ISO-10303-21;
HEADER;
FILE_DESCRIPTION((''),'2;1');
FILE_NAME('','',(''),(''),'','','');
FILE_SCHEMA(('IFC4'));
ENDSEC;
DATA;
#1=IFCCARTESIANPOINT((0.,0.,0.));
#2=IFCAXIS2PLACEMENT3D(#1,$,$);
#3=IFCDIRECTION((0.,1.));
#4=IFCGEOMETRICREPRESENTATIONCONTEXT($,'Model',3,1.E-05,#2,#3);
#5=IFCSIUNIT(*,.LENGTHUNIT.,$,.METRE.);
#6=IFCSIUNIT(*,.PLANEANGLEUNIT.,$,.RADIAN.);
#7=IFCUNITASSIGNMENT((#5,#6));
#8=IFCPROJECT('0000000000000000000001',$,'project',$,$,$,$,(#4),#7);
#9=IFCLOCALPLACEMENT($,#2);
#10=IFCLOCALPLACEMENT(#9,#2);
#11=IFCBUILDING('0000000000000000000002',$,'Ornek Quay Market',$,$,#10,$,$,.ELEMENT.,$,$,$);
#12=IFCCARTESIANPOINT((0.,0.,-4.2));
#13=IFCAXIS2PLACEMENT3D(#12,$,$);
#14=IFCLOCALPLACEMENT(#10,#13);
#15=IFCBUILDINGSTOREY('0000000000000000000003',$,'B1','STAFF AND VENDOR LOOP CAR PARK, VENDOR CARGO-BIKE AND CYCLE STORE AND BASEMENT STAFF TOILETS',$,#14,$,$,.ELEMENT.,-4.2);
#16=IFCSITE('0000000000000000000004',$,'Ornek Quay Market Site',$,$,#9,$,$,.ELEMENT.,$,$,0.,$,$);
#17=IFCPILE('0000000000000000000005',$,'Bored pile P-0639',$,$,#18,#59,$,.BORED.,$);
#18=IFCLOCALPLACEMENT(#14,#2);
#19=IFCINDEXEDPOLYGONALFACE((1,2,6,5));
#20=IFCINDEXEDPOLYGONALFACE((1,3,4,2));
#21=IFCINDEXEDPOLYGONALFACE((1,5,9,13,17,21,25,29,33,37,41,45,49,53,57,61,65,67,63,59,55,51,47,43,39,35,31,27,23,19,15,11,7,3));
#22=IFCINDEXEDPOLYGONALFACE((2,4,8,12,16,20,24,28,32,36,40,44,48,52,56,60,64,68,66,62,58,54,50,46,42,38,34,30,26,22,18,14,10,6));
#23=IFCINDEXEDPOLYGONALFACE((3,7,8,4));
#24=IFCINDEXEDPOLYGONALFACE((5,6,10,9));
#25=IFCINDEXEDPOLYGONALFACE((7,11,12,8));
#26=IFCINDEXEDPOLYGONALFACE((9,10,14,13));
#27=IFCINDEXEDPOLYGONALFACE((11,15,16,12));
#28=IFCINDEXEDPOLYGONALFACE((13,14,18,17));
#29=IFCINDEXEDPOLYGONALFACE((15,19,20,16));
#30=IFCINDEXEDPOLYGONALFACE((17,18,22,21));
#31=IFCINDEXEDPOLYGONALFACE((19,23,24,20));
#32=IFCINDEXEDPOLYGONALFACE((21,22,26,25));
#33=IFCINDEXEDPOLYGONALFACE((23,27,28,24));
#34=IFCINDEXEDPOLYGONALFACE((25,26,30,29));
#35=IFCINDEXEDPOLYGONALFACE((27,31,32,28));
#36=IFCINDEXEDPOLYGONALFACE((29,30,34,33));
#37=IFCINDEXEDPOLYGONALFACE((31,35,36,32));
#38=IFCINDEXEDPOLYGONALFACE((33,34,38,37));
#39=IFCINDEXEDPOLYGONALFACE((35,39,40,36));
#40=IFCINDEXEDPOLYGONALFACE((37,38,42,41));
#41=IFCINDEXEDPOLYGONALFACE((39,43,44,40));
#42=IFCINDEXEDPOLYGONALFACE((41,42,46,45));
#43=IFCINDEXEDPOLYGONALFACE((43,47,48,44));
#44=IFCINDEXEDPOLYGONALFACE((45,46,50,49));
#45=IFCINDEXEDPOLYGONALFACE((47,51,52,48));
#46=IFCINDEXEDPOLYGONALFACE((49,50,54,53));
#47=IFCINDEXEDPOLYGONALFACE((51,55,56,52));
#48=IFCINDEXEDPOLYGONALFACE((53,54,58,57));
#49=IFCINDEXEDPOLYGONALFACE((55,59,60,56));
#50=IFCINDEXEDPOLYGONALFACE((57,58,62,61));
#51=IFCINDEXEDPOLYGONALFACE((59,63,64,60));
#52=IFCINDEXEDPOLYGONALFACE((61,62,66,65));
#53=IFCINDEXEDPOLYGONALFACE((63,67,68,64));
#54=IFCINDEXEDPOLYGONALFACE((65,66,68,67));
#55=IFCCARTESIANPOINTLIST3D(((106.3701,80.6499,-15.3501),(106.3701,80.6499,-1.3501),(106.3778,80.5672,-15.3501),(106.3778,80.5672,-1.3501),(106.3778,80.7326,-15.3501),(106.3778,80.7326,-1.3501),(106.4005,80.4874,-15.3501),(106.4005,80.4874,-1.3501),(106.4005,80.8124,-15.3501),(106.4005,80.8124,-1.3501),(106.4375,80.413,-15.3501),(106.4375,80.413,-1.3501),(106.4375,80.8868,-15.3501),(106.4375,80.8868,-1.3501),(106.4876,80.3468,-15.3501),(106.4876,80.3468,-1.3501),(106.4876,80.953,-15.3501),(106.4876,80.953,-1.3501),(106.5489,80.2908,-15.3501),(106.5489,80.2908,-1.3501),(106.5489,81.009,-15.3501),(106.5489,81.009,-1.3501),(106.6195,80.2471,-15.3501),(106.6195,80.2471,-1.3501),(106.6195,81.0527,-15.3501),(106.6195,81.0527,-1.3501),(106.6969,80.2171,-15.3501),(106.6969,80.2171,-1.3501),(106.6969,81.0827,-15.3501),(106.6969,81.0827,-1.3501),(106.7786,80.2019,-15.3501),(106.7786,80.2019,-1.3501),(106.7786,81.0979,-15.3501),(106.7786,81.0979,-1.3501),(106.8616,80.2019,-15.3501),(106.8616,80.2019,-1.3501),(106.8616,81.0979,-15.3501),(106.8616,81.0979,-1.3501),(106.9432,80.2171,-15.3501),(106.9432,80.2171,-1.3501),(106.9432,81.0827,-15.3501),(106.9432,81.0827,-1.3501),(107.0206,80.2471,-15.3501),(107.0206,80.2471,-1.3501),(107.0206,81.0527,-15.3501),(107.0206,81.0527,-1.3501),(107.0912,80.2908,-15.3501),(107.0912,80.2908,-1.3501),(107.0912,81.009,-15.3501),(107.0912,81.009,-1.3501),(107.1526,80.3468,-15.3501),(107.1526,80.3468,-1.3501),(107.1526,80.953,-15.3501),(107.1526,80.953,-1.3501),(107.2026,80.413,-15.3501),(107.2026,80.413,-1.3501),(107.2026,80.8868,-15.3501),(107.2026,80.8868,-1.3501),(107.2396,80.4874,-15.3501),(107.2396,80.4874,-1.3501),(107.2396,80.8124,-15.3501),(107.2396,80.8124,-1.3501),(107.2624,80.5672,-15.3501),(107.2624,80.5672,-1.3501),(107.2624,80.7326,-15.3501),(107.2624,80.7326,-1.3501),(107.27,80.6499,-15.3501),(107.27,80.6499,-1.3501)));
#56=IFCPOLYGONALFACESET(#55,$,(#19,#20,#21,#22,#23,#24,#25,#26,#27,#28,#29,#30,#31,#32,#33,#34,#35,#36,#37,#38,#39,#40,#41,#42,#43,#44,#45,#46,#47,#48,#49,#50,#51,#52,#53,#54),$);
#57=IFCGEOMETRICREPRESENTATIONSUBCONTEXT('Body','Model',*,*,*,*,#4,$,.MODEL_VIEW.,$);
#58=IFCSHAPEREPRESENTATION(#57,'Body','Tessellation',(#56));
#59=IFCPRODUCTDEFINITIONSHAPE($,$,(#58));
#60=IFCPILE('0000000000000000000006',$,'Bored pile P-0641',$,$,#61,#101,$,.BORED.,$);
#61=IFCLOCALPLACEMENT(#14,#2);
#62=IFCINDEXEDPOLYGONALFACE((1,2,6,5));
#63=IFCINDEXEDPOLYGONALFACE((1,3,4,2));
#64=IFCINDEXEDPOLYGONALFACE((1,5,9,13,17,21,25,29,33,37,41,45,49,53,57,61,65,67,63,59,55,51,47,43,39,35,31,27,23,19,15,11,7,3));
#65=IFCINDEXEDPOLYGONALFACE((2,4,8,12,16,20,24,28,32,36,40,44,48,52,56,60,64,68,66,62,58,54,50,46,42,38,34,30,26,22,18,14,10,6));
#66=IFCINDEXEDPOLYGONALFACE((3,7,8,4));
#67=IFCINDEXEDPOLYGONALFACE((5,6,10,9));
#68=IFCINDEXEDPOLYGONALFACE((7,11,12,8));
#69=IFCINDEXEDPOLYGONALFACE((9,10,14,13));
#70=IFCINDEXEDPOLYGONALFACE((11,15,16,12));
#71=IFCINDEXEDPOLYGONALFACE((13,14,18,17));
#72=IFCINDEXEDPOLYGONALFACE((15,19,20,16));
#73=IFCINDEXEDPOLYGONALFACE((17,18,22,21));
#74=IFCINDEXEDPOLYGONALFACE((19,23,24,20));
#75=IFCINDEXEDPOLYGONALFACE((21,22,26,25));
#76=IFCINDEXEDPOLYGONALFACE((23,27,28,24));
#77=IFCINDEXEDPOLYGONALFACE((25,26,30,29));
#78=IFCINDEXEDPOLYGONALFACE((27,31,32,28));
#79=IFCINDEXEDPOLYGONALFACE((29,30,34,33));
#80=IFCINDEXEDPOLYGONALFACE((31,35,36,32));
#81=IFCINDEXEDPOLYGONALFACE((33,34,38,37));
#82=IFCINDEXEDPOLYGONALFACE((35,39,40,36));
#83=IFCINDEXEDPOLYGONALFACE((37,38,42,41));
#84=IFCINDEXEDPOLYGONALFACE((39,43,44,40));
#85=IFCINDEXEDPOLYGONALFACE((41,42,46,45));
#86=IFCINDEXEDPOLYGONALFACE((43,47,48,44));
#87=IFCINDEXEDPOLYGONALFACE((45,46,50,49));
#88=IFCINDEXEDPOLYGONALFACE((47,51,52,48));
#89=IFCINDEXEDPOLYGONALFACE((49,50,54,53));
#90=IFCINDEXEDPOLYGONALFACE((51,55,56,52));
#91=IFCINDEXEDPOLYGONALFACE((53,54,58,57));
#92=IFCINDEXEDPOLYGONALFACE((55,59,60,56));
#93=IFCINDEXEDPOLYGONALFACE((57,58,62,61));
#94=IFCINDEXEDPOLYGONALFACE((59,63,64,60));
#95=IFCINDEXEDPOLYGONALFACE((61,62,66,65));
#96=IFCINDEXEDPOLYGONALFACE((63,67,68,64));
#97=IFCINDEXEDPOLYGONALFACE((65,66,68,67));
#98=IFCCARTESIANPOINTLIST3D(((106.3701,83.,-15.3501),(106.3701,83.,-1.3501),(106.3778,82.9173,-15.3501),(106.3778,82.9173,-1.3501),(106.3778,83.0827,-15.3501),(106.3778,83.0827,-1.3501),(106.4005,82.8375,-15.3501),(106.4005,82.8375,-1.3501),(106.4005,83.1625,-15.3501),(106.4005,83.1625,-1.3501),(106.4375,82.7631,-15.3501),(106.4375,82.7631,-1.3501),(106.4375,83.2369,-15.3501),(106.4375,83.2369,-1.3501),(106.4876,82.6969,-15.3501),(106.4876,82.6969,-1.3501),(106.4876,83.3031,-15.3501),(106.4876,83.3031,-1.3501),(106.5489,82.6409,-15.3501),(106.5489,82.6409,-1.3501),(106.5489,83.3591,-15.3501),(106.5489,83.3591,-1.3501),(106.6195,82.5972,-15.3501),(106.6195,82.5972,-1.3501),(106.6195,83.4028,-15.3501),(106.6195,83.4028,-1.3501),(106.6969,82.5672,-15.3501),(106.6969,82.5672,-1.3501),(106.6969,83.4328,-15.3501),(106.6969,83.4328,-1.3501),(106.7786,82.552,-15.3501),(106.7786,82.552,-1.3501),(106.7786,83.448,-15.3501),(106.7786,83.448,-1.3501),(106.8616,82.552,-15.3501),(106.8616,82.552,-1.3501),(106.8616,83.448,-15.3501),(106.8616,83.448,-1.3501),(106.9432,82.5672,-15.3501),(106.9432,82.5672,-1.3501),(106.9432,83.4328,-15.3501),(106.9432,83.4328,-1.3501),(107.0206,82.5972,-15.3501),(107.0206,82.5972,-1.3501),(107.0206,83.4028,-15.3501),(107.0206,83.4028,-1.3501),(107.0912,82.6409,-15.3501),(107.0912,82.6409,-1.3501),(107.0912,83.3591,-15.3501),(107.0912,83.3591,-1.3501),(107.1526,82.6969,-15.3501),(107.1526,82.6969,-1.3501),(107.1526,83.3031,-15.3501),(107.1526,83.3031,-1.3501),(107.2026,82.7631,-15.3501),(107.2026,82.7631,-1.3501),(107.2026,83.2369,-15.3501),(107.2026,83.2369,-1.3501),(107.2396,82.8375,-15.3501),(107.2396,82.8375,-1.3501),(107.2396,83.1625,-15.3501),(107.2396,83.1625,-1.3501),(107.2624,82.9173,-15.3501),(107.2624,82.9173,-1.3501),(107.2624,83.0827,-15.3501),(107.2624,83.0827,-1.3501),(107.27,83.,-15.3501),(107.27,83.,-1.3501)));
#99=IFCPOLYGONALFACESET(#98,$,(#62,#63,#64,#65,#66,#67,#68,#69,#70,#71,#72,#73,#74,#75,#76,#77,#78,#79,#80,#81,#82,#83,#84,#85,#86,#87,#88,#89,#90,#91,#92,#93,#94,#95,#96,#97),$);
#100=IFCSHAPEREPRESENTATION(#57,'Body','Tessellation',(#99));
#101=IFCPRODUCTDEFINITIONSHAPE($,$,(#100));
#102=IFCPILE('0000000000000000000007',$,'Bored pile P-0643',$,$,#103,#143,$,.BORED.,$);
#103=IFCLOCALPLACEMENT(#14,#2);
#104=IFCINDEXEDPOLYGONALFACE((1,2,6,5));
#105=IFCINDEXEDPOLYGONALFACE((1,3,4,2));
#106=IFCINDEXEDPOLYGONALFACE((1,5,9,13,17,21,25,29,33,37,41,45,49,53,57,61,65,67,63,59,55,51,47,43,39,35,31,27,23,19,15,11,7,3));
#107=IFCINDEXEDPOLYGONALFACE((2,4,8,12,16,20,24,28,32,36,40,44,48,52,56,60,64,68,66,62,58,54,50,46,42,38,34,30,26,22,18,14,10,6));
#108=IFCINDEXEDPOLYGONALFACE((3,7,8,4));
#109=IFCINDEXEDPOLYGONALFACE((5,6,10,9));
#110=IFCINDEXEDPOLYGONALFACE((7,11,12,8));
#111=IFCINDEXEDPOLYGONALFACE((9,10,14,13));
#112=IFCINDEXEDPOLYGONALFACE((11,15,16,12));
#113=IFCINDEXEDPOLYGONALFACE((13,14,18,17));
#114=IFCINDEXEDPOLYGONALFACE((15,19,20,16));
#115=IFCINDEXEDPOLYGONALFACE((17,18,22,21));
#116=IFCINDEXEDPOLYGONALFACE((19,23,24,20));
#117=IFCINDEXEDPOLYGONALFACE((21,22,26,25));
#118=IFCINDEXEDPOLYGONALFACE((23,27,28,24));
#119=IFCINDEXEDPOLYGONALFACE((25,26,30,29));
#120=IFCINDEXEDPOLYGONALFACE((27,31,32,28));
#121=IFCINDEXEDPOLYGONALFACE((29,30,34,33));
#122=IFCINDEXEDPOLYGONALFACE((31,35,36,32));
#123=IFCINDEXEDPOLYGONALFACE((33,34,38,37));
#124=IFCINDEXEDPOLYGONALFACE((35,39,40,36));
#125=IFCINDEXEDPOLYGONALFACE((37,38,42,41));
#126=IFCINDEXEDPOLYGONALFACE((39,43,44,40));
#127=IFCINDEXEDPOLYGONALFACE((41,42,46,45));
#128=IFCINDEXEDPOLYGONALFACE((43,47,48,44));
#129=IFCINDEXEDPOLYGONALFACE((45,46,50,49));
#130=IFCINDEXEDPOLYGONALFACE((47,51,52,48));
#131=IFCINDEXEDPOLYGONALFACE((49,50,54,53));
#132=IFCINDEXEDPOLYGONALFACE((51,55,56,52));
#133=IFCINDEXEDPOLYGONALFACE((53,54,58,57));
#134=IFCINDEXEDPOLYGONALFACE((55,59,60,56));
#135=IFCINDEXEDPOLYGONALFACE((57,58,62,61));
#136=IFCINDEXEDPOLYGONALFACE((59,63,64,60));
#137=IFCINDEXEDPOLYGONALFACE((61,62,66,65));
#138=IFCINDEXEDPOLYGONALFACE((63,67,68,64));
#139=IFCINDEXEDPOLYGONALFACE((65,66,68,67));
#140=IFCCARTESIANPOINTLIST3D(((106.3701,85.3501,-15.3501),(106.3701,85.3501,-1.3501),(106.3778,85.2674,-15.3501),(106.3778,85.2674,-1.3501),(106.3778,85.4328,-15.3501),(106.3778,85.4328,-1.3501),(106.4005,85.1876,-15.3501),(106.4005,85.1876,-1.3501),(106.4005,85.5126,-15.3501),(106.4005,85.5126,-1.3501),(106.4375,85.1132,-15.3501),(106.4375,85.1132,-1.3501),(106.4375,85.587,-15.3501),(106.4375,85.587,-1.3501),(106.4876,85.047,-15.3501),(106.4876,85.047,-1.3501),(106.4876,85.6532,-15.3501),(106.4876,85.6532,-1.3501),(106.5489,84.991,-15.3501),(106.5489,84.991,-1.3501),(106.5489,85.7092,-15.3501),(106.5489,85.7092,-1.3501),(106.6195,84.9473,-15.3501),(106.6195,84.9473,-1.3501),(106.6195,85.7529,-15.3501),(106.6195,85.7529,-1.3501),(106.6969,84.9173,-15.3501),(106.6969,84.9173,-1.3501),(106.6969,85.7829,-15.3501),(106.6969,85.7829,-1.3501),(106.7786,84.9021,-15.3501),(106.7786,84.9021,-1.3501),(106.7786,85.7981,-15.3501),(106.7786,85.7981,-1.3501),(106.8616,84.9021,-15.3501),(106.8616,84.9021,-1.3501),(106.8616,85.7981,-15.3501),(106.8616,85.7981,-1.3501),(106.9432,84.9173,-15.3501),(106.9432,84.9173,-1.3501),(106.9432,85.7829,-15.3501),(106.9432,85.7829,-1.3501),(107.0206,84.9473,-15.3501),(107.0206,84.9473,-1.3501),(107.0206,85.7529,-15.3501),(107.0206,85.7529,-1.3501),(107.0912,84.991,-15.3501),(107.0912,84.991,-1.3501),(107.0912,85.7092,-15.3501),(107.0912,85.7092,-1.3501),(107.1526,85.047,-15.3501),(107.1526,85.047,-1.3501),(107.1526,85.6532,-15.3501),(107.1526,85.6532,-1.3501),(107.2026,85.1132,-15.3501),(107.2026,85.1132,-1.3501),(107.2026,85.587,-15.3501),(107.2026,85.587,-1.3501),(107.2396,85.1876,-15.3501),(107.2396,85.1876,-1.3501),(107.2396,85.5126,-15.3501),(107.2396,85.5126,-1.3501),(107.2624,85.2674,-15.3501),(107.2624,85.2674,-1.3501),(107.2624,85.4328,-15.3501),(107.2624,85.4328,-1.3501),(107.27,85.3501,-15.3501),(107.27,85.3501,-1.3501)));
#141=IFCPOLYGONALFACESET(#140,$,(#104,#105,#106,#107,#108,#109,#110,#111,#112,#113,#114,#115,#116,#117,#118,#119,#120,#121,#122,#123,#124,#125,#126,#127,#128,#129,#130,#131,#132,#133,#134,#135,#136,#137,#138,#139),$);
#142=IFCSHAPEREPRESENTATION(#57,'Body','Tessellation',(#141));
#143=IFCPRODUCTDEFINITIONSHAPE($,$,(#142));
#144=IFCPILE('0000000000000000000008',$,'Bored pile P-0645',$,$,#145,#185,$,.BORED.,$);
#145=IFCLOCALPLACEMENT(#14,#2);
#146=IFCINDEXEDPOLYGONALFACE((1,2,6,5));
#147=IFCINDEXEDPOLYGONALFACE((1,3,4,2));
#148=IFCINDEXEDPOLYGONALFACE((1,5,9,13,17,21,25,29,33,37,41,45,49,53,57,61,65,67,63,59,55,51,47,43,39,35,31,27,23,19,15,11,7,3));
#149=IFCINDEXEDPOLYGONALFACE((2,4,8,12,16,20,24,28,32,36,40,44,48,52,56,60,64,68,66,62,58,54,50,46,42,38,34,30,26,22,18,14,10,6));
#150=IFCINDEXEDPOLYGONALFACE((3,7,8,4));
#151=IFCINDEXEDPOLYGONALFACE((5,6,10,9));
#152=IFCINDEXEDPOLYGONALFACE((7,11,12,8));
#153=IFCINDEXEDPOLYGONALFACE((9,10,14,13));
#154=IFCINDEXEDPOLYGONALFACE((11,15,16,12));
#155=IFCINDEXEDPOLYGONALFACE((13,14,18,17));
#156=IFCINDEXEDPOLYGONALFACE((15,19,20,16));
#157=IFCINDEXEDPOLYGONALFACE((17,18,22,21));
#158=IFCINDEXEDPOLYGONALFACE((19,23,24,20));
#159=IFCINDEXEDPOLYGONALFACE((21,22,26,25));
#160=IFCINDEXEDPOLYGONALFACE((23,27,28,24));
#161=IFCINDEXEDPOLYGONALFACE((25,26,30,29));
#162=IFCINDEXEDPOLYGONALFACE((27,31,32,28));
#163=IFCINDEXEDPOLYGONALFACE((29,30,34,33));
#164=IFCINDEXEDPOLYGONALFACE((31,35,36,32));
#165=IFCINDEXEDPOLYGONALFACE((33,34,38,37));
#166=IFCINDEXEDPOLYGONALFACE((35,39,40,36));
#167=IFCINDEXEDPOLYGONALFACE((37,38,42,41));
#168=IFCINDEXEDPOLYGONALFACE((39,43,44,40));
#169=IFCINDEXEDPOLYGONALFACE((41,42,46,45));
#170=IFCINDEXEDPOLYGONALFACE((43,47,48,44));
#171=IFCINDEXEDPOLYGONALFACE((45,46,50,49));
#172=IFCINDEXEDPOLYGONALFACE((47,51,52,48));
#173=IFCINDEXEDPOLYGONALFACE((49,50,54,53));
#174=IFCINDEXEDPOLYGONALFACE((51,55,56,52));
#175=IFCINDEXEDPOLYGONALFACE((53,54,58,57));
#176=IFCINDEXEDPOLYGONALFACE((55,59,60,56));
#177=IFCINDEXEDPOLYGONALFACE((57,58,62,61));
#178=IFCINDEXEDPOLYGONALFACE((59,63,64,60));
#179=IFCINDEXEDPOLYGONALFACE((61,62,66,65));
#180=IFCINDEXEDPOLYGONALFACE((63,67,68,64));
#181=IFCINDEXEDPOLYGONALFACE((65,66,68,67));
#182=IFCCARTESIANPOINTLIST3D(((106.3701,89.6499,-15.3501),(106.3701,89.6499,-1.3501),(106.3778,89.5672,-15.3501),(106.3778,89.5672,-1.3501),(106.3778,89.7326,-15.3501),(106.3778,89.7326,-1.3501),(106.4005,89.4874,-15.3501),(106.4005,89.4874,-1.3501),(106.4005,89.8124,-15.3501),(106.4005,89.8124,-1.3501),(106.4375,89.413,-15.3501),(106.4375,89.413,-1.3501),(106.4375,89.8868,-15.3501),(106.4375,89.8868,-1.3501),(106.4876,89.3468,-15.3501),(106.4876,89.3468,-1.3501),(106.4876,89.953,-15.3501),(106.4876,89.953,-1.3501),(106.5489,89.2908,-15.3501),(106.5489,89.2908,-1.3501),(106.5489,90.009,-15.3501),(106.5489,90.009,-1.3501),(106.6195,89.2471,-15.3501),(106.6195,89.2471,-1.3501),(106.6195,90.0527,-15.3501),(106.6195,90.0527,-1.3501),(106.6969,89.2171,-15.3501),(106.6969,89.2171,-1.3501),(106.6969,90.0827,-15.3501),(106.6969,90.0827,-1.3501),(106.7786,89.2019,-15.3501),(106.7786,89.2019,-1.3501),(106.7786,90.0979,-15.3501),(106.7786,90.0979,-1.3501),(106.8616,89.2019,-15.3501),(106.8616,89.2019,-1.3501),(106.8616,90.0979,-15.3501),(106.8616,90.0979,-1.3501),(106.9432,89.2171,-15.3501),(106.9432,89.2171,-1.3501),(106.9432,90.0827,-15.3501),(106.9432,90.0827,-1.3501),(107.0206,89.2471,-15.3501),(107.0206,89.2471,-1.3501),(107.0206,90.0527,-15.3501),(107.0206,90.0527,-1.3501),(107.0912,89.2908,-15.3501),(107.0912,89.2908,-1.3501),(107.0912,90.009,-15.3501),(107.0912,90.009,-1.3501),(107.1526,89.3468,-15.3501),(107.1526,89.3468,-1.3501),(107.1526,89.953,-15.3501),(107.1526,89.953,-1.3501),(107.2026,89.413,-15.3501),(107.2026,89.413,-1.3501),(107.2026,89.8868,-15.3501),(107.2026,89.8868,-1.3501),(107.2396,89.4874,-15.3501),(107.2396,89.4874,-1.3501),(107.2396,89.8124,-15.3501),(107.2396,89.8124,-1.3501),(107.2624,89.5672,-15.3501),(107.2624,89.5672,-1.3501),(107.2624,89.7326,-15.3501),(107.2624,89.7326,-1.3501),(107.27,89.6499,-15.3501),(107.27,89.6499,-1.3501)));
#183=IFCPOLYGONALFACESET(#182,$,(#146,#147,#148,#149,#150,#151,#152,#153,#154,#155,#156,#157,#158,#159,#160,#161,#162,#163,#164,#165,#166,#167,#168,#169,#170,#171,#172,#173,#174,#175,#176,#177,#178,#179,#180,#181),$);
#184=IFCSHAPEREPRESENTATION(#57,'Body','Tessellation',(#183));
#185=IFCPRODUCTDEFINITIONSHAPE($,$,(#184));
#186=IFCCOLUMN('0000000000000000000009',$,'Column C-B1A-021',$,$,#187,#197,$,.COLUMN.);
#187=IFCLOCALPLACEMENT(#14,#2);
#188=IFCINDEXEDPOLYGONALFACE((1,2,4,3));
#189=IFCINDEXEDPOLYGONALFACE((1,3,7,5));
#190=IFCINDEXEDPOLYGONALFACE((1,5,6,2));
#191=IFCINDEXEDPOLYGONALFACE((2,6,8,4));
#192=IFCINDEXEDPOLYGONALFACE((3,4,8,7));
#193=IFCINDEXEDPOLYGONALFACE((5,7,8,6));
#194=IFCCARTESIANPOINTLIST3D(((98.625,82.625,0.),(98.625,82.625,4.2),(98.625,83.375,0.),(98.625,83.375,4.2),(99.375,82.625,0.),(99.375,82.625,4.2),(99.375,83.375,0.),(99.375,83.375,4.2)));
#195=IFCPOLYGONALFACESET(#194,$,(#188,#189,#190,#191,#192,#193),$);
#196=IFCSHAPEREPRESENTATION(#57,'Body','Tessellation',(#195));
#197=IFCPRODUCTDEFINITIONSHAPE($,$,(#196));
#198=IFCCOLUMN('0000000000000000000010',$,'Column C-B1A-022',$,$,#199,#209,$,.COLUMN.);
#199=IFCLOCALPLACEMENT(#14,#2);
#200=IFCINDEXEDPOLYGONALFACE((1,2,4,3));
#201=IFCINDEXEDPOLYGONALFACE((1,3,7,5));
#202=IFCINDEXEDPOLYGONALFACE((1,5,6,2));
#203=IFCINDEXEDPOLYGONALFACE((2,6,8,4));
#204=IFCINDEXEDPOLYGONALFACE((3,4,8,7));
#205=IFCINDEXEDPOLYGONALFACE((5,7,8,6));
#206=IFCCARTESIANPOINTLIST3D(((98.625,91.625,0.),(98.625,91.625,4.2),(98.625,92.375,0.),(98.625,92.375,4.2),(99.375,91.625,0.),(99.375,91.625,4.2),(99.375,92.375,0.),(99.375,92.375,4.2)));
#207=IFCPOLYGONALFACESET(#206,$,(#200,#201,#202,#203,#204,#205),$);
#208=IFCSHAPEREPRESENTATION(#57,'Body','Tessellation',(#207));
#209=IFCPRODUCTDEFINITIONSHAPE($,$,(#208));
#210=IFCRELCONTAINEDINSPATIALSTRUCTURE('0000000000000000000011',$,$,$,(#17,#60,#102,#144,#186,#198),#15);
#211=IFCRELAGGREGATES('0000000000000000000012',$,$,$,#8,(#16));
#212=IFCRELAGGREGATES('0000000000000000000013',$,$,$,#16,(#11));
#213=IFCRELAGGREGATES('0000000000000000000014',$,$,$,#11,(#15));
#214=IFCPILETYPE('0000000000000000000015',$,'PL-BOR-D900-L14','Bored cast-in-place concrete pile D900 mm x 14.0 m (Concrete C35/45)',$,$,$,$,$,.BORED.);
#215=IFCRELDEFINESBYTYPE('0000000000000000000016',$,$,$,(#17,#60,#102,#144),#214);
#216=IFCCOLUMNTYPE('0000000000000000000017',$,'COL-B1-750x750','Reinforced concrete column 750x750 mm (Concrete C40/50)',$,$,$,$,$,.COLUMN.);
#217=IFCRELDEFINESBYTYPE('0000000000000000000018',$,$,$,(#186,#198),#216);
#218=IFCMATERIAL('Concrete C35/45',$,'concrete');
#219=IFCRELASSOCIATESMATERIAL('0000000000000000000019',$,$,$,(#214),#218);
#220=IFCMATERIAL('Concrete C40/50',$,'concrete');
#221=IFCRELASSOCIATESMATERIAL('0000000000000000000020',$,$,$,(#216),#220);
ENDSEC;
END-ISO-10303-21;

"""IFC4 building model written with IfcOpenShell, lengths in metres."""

from ifc_helpers import new_model, si_unit, direction, frame, origin, origin_2d, place, context, subcontext, project, spatial, rectangle, circle, extrude, material, material_profile, profile_set, type_object, element, save


model = new_model("IFC4")

# Units and contexts
model_context = context("Model", 3, precision=1e-05, world=origin(), true_north=direction((0.0, 1.0)))
body_context = subcontext(model_context, "Body", "Model", "MODEL_VIEW")
ifc_project = project(units=[si_unit("LENGTHUNIT", "METRE"), si_unit("PLANEANGLEUNIT", "RADIAN")], contexts=[model_context])

# Site, building, storey
site_placement = place(None, origin())
site = spatial("IfcSite", under=ifc_project, at=site_placement, Name="Ornek Quay Market Site", CompositionType="ELEMENT", RefElevation=0.0)
building_placement = place(site_placement, origin())
building = spatial("IfcBuilding", under=site, at=building_placement, Name="Ornek Quay Market", CompositionType="ELEMENT")
storey_placement = place(building_placement, frame((0.0, 0.0, -4.2)))
storey = spatial("IfcBuildingStorey", under=building, at=storey_placement, Name="B1", Description="STAFF AND VENDOR LOOP CAR PARK, VENDOR CARGO-BIKE AND CYCLE STORE AND BASEMENT STAFF TOILETS", CompositionType="ELEMENT", Elevation=-4.2)

# Piles
ifc_material_1 = material(Name="Concrete C35/45", Category="concrete")
ifc_material_profile_1 = material_profile(ifc_material_1, circle(Radius=0.45, at=origin_2d()), Name="PILE D900", Category="concrete")
ifc_profile_set_1 = profile_set([ifc_material_profile_1], Name="Concrete C35/45")
pile_type_1 = type_object("IfcPileType", Name="PL-BOR-D900-L14", Description="Bored cast-in-place concrete pile D900 mm x 14.0 m (Concrete C35/45)", PredefinedType="BORED", material=ifc_profile_set_1)
for number, where, z_axis, x_axis, name in (
    (1, (106.8201, 80.6499, -1.3501), (0.0, 0.0, -1.0), (1.0, 0.0, 0.0), "Bored pile P-0639"),
    (2, (106.8201, 83.0, -1.3501), (0.0, 0.0, -1.0), (1.0, 0.0, 0.0), "Bored pile P-0641"),
    (3, (106.8201, 85.3501, -1.3501), (0.0, 0.0, -1.0), (1.0, 0.0, 0.0), "Bored pile P-0643"),
    (4, (106.8201, 89.6499, -1.3501), (0.0, 0.0, -1.0), (1.0, 0.0, 0.0), "Bored pile P-0645"),
):
    element("IfcPile", number, at=place(storey_placement, frame(where, z_axis=z_axis, x_axis=x_axis)), inside=storey, type_object=pile_type_1, Name=name, PredefinedType="BORED", context=body_context, shape_type="SweptSolid", body=[
        extrude(circle(Radius=0.45, at=origin_2d()), origin(), (0.0, 0.0, 1.0), 14.0),
    ])

# Columns
ifc_material_2 = material(Name="Concrete C40/50", Category="concrete")
ifc_material_profile_2 = material_profile(ifc_material_2, rectangle(XDim=0.75, YDim=0.75, at=origin_2d()), Name="RC 750x750", Category="concrete")
ifc_profile_set_2 = profile_set([ifc_material_profile_2], Name="Concrete C40/50")
column_type = type_object("IfcColumnType", Name="COL-B1-750x750", Description="Reinforced concrete column 750x750 mm (Concrete C40/50)", PredefinedType="COLUMN", material=ifc_profile_set_2)
for number, where, z_axis, x_axis, name in (
    (5, (99.0, 83.0, 0.0), (0.0, 0.0, 1.0), (1.0, 0.0, 0.0), "Column C-B1A-021"),
    (6, (99.0, 92.0, 0.0), (0.0, 0.0, 1.0), (1.0, 0.0, 0.0), "Column C-B1A-022"),
):
    element("IfcColumn", number, at=place(storey_placement, frame(where, z_axis=z_axis, x_axis=x_axis)), inside=storey, type_object=column_type, Name=name, PredefinedType="COLUMN", context=body_context, shape_type="SweptSolid", body=[
        extrude(rectangle(XDim=0.75, YDim=0.75, at=origin_2d()), origin(), (0.0, 0.0, 1.0), 4.2),
    ])

save(model, "model.ifc")
